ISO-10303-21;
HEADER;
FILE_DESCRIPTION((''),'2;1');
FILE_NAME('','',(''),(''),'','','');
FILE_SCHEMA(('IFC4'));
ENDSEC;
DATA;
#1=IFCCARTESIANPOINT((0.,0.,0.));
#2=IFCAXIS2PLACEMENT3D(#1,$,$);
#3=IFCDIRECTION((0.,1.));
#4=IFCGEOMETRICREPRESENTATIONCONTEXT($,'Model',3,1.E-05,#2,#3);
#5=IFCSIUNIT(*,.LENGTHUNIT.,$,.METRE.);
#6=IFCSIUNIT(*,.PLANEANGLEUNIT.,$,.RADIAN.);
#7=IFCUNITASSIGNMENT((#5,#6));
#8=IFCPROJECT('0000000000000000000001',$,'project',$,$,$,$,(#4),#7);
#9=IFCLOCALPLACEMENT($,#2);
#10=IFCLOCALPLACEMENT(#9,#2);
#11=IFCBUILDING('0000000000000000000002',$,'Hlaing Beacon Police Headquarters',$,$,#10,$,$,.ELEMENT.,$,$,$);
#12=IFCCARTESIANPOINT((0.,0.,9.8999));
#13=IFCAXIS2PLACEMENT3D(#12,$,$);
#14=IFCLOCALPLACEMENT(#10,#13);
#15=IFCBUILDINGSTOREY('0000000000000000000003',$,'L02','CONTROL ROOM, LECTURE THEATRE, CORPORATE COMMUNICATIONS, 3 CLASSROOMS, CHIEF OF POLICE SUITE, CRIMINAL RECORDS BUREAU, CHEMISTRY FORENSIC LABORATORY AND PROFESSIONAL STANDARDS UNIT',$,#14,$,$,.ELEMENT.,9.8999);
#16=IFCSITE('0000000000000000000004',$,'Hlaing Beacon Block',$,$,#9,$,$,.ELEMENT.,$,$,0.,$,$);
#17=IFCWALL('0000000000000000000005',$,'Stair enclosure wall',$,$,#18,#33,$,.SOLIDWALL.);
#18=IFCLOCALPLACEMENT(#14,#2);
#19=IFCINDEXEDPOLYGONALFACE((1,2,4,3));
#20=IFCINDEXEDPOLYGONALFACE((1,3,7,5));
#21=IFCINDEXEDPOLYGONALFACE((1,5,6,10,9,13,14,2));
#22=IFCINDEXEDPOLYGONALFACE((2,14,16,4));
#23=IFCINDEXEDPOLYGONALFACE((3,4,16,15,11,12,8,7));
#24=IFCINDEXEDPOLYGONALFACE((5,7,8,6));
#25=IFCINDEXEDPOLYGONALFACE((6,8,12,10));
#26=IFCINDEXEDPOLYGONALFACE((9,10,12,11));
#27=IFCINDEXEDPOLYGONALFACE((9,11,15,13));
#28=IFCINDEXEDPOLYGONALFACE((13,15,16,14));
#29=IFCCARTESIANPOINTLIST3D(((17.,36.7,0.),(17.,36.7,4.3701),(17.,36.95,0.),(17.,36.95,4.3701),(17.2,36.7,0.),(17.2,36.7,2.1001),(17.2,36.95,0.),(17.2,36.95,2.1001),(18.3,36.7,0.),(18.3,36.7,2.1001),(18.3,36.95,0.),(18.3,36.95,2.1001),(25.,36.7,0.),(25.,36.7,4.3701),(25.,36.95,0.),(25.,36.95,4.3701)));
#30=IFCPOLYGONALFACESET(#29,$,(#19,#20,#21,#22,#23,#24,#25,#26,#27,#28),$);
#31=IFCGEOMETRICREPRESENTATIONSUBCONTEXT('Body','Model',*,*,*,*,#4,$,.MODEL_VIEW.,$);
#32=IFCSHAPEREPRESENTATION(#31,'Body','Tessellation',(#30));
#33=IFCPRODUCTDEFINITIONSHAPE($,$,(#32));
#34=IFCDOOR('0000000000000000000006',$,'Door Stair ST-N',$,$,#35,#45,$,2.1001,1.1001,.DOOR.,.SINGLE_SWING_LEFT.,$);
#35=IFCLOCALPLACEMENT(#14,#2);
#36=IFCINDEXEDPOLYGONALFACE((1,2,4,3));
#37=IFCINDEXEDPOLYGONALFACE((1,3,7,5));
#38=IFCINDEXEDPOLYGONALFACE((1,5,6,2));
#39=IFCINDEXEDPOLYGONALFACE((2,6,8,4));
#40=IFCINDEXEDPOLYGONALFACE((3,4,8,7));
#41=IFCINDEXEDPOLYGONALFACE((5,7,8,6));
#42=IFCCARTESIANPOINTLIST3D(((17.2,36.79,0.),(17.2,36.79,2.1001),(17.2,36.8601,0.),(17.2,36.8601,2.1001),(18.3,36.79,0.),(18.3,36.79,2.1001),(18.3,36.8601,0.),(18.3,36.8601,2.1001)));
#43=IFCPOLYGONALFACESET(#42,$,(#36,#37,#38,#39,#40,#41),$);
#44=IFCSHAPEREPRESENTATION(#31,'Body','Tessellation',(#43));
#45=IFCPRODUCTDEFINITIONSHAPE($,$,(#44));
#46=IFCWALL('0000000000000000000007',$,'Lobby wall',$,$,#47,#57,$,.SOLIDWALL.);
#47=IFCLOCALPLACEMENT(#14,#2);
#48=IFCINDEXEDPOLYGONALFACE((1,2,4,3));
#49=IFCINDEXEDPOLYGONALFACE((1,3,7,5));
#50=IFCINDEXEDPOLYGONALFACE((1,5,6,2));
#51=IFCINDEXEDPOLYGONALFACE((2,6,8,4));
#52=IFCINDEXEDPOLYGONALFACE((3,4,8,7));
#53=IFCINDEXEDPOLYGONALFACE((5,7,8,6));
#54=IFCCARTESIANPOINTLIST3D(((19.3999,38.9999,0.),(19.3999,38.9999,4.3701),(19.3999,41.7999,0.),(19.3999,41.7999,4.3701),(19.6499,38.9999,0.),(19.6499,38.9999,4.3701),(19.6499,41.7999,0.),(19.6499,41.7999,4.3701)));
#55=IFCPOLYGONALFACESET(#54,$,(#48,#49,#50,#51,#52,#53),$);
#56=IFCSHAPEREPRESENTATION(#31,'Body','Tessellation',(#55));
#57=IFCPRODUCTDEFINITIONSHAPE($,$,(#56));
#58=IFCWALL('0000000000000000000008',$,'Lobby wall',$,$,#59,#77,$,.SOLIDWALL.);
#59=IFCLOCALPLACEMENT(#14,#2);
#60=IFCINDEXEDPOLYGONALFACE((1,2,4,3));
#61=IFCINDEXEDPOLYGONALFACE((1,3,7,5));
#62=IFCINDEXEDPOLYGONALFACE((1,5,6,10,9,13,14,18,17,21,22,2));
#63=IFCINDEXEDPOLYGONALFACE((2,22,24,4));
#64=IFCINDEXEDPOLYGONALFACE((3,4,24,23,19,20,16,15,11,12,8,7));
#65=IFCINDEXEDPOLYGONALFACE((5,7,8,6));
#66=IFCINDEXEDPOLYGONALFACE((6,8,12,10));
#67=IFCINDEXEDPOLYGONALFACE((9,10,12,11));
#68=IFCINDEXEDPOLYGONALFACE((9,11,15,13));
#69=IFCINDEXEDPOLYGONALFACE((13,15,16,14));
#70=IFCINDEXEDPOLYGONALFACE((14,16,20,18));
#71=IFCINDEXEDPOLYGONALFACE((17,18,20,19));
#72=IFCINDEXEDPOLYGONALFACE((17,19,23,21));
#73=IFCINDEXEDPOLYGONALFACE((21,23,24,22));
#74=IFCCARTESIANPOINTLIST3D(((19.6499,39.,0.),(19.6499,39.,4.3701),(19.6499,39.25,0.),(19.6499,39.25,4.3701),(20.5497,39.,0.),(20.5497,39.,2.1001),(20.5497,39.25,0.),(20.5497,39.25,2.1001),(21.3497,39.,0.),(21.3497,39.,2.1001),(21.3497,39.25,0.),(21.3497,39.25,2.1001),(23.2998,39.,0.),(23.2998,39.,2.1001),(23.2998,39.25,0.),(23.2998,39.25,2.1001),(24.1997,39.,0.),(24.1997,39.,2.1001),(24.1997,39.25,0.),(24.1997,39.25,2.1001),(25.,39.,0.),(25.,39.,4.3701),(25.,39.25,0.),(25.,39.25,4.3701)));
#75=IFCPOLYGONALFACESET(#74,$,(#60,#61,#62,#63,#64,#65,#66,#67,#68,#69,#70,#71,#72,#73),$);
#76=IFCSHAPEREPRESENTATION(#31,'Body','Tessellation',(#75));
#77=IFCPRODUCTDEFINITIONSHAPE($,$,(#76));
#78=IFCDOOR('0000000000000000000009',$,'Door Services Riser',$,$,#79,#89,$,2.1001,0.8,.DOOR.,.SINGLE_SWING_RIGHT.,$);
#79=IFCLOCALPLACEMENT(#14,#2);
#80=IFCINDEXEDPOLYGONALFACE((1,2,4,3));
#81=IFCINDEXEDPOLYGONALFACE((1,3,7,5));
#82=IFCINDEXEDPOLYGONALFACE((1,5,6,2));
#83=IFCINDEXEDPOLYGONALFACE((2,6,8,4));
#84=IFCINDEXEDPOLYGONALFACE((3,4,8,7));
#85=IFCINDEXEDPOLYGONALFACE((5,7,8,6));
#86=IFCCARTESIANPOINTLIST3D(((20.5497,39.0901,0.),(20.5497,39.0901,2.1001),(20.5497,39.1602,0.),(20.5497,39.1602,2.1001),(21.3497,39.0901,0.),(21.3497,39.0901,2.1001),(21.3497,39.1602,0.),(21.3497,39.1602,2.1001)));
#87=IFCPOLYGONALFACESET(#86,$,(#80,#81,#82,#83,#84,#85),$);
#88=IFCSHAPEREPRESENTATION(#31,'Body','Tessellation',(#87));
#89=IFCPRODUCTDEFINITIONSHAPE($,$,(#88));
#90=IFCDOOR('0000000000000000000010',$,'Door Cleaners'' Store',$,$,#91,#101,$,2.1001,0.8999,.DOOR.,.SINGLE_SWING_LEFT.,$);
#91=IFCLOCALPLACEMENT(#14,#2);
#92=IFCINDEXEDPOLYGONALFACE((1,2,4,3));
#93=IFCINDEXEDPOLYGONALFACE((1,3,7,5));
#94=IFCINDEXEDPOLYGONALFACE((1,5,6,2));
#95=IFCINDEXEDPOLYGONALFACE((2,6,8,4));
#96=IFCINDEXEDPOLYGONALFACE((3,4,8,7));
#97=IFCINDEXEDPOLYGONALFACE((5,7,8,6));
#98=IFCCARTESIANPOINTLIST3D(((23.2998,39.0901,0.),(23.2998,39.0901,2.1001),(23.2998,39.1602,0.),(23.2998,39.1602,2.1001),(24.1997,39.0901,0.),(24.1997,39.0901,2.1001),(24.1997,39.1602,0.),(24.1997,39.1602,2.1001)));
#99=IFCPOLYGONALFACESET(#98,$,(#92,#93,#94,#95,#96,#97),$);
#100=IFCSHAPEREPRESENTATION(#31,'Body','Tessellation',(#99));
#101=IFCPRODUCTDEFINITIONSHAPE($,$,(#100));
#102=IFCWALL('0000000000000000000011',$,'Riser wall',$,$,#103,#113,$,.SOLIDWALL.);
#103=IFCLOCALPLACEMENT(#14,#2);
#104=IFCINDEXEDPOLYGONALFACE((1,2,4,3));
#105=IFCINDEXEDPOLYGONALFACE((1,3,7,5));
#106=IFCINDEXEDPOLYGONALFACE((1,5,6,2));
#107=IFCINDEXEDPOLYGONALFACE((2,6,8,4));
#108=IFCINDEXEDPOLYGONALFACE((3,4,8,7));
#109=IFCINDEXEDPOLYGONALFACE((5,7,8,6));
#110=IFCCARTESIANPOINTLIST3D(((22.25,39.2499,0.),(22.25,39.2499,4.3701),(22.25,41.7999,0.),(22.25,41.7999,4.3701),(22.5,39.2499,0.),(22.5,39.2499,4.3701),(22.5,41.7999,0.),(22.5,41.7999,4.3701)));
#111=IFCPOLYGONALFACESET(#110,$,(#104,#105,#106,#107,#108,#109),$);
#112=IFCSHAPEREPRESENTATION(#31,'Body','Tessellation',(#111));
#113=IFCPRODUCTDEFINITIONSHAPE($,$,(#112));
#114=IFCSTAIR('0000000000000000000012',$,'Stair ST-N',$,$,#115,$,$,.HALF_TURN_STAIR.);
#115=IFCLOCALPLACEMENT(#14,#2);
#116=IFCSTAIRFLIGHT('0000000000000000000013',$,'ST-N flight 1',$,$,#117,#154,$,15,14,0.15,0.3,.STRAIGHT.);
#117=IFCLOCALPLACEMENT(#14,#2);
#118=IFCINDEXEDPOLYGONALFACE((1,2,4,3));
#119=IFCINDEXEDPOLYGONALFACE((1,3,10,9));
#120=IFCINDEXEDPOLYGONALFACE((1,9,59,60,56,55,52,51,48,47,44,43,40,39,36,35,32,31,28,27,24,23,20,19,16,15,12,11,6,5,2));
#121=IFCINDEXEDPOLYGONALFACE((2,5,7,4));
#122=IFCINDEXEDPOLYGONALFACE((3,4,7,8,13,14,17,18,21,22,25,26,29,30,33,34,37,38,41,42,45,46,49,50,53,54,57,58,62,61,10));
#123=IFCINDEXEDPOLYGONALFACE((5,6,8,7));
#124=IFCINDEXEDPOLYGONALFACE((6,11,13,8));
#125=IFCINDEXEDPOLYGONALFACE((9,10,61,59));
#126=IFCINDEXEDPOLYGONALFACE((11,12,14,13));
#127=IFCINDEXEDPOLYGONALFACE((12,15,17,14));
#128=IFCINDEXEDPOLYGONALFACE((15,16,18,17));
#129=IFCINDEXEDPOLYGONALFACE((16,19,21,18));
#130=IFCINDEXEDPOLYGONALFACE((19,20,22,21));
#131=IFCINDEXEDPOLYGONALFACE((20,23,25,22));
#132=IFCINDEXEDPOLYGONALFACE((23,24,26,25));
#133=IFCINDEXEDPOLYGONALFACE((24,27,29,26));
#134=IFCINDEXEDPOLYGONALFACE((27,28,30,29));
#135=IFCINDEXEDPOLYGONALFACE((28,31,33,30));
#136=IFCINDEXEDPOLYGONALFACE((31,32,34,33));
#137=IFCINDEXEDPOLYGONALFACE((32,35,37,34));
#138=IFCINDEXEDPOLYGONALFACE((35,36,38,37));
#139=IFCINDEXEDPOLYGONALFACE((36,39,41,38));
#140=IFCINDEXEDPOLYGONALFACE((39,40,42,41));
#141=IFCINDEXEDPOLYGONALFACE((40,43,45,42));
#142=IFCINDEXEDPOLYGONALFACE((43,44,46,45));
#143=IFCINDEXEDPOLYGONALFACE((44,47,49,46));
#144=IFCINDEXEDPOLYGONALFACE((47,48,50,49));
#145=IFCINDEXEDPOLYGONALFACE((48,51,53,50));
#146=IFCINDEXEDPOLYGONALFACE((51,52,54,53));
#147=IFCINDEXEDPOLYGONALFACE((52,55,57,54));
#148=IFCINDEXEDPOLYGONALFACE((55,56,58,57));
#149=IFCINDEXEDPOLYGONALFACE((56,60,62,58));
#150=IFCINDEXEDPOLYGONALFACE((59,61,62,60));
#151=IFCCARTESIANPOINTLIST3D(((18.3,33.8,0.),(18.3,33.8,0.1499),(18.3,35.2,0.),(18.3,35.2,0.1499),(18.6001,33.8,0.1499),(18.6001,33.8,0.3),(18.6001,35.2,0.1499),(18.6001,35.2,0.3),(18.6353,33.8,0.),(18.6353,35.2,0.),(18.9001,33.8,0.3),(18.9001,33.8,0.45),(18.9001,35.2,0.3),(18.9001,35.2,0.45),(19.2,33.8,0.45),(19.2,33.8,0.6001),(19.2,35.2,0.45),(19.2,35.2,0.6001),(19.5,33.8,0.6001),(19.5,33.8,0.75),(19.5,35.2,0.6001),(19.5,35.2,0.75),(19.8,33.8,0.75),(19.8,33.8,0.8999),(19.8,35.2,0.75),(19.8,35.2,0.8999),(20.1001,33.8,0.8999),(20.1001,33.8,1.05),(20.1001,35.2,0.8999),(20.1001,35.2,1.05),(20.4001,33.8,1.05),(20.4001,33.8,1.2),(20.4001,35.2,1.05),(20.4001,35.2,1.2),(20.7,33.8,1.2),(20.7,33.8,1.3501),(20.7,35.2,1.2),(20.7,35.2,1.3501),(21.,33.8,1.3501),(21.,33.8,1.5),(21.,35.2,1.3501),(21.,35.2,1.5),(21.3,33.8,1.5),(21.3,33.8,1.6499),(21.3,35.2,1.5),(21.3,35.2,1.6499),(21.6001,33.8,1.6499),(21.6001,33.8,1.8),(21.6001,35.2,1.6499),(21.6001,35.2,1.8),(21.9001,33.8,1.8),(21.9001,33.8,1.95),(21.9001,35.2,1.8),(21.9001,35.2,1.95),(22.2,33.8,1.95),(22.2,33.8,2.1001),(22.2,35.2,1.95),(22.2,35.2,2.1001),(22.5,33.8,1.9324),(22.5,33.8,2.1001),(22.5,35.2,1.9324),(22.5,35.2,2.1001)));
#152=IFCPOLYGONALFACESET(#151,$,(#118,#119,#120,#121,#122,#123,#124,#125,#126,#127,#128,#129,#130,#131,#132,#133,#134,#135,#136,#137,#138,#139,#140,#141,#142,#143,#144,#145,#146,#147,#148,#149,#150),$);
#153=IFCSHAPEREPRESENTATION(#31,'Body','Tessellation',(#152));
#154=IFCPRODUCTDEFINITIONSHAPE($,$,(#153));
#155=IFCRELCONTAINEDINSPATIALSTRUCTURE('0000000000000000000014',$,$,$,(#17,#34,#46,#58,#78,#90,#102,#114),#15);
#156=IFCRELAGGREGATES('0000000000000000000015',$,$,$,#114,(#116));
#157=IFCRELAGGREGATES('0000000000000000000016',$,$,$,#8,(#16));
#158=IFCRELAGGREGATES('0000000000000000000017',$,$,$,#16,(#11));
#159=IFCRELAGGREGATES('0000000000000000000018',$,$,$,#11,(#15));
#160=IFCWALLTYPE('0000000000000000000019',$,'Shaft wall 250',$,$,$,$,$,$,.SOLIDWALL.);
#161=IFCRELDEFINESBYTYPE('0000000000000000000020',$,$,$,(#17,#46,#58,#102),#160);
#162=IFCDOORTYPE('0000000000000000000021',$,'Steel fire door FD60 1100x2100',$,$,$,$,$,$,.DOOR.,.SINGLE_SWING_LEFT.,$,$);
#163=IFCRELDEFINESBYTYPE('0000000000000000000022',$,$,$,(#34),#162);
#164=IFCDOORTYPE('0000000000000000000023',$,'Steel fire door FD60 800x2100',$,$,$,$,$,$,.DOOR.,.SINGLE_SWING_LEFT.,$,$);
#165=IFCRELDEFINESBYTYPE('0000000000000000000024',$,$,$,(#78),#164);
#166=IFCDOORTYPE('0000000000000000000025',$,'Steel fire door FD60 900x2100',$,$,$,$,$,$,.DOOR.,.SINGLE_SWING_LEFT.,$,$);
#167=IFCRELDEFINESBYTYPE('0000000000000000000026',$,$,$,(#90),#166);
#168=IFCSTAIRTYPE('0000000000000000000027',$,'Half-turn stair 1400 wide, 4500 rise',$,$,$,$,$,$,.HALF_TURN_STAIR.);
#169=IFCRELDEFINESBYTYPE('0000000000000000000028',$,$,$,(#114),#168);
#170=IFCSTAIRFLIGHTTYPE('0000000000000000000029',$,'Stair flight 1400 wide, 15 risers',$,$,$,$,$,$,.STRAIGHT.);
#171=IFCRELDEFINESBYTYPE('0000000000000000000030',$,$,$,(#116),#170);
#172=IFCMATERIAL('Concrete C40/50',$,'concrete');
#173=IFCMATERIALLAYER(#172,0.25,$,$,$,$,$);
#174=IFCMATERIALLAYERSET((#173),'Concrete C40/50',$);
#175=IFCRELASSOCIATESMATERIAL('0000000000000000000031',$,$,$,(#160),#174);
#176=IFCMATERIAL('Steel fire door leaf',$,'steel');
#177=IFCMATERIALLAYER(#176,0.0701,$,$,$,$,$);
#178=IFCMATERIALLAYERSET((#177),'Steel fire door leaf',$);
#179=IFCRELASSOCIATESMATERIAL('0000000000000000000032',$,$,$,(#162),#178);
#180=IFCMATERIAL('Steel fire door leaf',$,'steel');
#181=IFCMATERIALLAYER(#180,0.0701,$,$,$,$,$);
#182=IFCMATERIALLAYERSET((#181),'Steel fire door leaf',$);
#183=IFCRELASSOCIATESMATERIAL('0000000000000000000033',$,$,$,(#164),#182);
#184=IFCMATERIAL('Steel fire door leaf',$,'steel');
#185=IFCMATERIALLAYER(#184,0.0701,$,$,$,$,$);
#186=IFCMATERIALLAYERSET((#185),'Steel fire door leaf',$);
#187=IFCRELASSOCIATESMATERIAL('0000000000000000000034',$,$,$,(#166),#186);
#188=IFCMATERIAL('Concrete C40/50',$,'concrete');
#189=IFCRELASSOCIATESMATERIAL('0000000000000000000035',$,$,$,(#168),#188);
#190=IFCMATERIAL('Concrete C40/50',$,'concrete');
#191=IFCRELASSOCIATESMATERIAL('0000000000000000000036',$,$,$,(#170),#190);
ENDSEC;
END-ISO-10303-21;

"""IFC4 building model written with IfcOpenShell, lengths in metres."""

from ifc_helpers import new_model, si_unit, direction, frame, frame_2d, origin, place, context, subcontext, project, spatial, polyline, rectangle, outline, extrude, material, layer, layer_set, type_object, element, fill, aggregate, save


model = new_model("IFC4")

# Units and contexts
model_context = context("Model", 3, precision=1e-05, world=origin(), true_north=direction((0.0, 1.0)))
body_context = subcontext(model_context, "Body", "Model", "MODEL_VIEW")
ifc_project = project(units=[si_unit("LENGTHUNIT", "METRE"), si_unit("PLANEANGLEUNIT", "RADIAN")], contexts=[model_context])

# Site, building, storey
site_placement = place(None, origin())
site = spatial("IfcSite", under=ifc_project, at=site_placement, Name="Hlaing Beacon Block", CompositionType="ELEMENT", RefElevation=0.0)
building_placement = place(site_placement, origin())
building = spatial("IfcBuilding", under=site, at=building_placement, Name="Hlaing Beacon Police Headquarters", CompositionType="ELEMENT")
storey_placement = place(building_placement, frame((0.0, 0.0, 9.8999)))
storey = spatial("IfcBuildingStorey", under=building, at=storey_placement, Name="L02", Description="CONTROL ROOM, LECTURE THEATRE, CORPORATE COMMUNICATIONS, 3 CLASSROOMS, CHIEF OF POLICE SUITE, CRIMINAL RECORDS BUREAU, CHEMISTRY FORENSIC LABORATORY AND PROFESSIONAL STANDARDS UNIT", CompositionType="ELEMENT", Elevation=9.8999)

# Wall, opening, door
ifc_material_1 = material(Name="Concrete C40/50", Category="concrete")
ifc_layer_1 = layer(ifc_material_1, 0.25)
ifc_layer_set_1 = layer_set([ifc_layer_1], Name="Concrete C40/50")
wall_type_1 = type_object("IfcWallType", Name="Shaft wall 250", PredefinedType="SOLIDWALL", material=ifc_layer_set_1)
wall_1_placement = place(storey_placement, frame((17.0, 36.825, 0.0), z_axis=(0.0, 0.0, 1.0), x_axis=(1.0, 0.0, 0.0)))
wall_1 = element("IfcWall", 1, at=wall_1_placement, inside=storey, type_object=wall_type_1, Name="Stair enclosure wall", PredefinedType="SOLIDWALL", context=body_context, shape_type="SweptSolid", body=[
    extrude(rectangle(XDim=8.0, YDim=0.25, at=frame_2d((4.0, 0.0))), origin(), (0.0, 0.0, 1.0), 4.3701),
])
opening_1_placement = place(wall_1_placement, frame((0.2, 0.0, 0.0)))
opening_1 = element("IfcOpeningElement", 2, at=opening_1_placement, cuts=wall_1, PredefinedType="OPENING", context=body_context, shape_type="SweptSolid", body=[
    extrude(rectangle(XDim=1.1001, YDim=2.1001, at=frame_2d((0.55, 1.05))), frame((0.0, 0.135, 0.0), z_axis=(0.0, -1.0, 0.0), x_axis=(1.0, 0.0, 0.0)), (0.0, 0.0, 1.0), 0.27),
])
ifc_material_2 = material(Name="Steel fire door leaf", Category="steel")
ifc_layer_2 = layer(ifc_material_2, 0.0701)
ifc_layer_set_2 = layer_set([ifc_layer_2], Name="Steel fire door leaf")
door_type_1 = type_object("IfcDoorType", Name="Steel fire door FD60 1100x2100", OperationType="SINGLE_SWING_LEFT", PredefinedType="DOOR", material=ifc_layer_set_2)
door_1_placement = place(opening_1_placement, frame((1.1001, 0.0, 0.0), z_axis=(0.0, 0.0, 1.0), x_axis=(-1.0, 0.0, 0.0)))
door_1 = element("IfcDoor", 3, at=door_1_placement, inside=storey, type_object=door_type_1, Name="Door Stair ST-N", OperationType="SINGLE_SWING_LEFT", OverallHeight=2.1001, OverallWidth=1.1001, PredefinedType="DOOR", context=body_context, shape_type="SweptSolid", body=[
    extrude(rectangle(XDim=1.1001, YDim=2.1001, at=frame_2d((0.55, 1.05))), frame((0.0, 0.0349, 0.0), z_axis=(0.0, -1.0, 0.0), x_axis=(1.0, 0.0, 0.0)), (0.0, 0.0, 1.0), 0.0701),
])
fill(opening_1, door_1)

# Wall
wall_2_placement = place(storey_placement, frame((19.5249, 39.0, 0.0), z_axis=(0.0, 0.0, 1.0), x_axis=(0.0, 1.0, 0.0)))
element("IfcWall", 4, at=wall_2_placement, inside=storey, type_object=wall_type_1, Name="Lobby wall", PredefinedType="SOLIDWALL", context=body_context, shape_type="SweptSolid", body=[
    extrude(rectangle(XDim=2.8, YDim=0.25, at=frame_2d((1.3999, 0.0))), origin(), (0.0, 0.0, 1.0), 4.3701),
])

# Wall, openings, doors
wall_3_placement = place(storey_placement, frame((19.6499, 39.125, 0.0), z_axis=(0.0, 0.0, 1.0), x_axis=(1.0, 0.0, 0.0)))
wall_3 = element("IfcWall", 5, at=wall_3_placement, inside=storey, type_object=wall_type_1, Name="Lobby wall", PredefinedType="SOLIDWALL", context=body_context, shape_type="SweptSolid", body=[
    extrude(rectangle(XDim=5.3501, YDim=0.25, at=frame_2d((2.675, 0.0))), origin(), (0.0, 0.0, 1.0), 4.3701),
])
opening_2_placement = place(wall_3_placement, frame((3.6499, 0.0, 0.0)))
opening_2 = element("IfcOpeningElement", 6, at=opening_2_placement, cuts=wall_3, PredefinedType="OPENING", context=body_context, shape_type="SweptSolid", body=[
    extrude(rectangle(XDim=0.8999, YDim=2.1001, at=frame_2d((0.45, 1.05))), frame((0.0, 0.135, 0.0), z_axis=(0.0, -1.0, 0.0), x_axis=(1.0, 0.0, 0.0)), (0.0, 0.0, 1.0), 0.27),
])
opening_3_placement = place(wall_3_placement, frame((0.8999, 0.0, 0.0)))
opening_3 = element("IfcOpeningElement", 7, at=opening_3_placement, cuts=wall_3, PredefinedType="OPENING", context=body_context, shape_type="SweptSolid", body=[
    extrude(rectangle(XDim=0.8, YDim=2.1001, at=frame_2d((0.3999, 1.05))), frame((0.0, 0.135, 0.0), z_axis=(0.0, -1.0, 0.0), x_axis=(1.0, 0.0, 0.0)), (0.0, 0.0, 1.0), 0.27),
])
ifc_material_3 = material(Name="Steel fire door leaf", Category="steel")
ifc_layer_3 = layer(ifc_material_3, 0.0701)
ifc_layer_set_3 = layer_set([ifc_layer_3], Name="Steel fire door leaf")
door_type_2 = type_object("IfcDoorType", Name="Steel fire door FD60 800x2100", OperationType="SINGLE_SWING_LEFT", PredefinedType="DOOR", material=ifc_layer_set_3)
door_2_placement = place(opening_3_placement, origin())
door_2 = element("IfcDoor", 8, at=door_2_placement, inside=storey, type_object=door_type_2, Name="Door Services Riser", OperationType="SINGLE_SWING_RIGHT", OverallHeight=2.1001, OverallWidth=0.8, PredefinedType="DOOR", context=body_context, shape_type="SweptSolid", body=[
    extrude(rectangle(XDim=0.8, YDim=2.1001, at=frame_2d((0.3999, 1.05))), frame((0.0, 0.0352, 0.0), z_axis=(0.0, -1.0, 0.0), x_axis=(1.0, 0.0, 0.0)), (0.0, 0.0, 1.0), 0.0701),
])
fill(opening_3, door_2)
ifc_material_4 = material(Name="Steel fire door leaf", Category="steel")
ifc_layer_4 = layer(ifc_material_4, 0.0701)
ifc_layer_set_4 = layer_set([ifc_layer_4], Name="Steel fire door leaf")
door_type_3 = type_object("IfcDoorType", Name="Steel fire door FD60 900x2100", OperationType="SINGLE_SWING_LEFT", PredefinedType="DOOR", material=ifc_layer_set_4)
door_3_placement = place(opening_2_placement, origin())
door_3 = element("IfcDoor", 9, at=door_3_placement, inside=storey, type_object=door_type_3, Name="Door Cleaners' Store", OperationType="SINGLE_SWING_LEFT", OverallHeight=2.1001, OverallWidth=0.8999, PredefinedType="DOOR", context=body_context, shape_type="SweptSolid", body=[
    extrude(rectangle(XDim=0.8999, YDim=2.1001, at=frame_2d((0.45, 1.05))), frame((0.0, 0.0352, 0.0), z_axis=(0.0, -1.0, 0.0), x_axis=(1.0, 0.0, 0.0)), (0.0, 0.0, 1.0), 0.0701),
])
fill(opening_2, door_3)

# Wall
wall_4_placement = place(storey_placement, frame((22.375, 39.25, 0.0), z_axis=(0.0, 0.0, 1.0), x_axis=(0.0, 1.0, 0.0)))
element("IfcWall", 10, at=wall_4_placement, inside=storey, type_object=wall_type_1, Name="Riser wall", PredefinedType="SOLIDWALL", context=body_context, shape_type="SweptSolid", body=[
    extrude(rectangle(XDim=2.55, YDim=0.25, at=frame_2d((1.2749, 0.0))), origin(), (0.0, 0.0, 1.0), 4.3701),
])

# Stair, stair flight
ifc_material_5 = material(Name="Concrete C40/50", Category="concrete")
stair_type = type_object("IfcStairType", Name="Half-turn stair 1400 wide, 4500 rise", PredefinedType="HALF_TURN_STAIR", material=ifc_material_5)
stair_placement = place(storey_placement, origin())
stair = element("IfcStair", 11, at=stair_placement, inside=storey, type_object=stair_type, Name="Stair ST-N", PredefinedType="HALF_TURN_STAIR")
ifc_material_6 = material(Name="Concrete C40/50", Category="concrete")
stair_flight_type = type_object("IfcStairFlightType", Name="Stair flight 1400 wide, 15 risers", PredefinedType="STRAIGHT", material=ifc_material_6)
stair_flight_1_placement = place(storey_placement, frame((18.3, 34.5, 0.0), z_axis=(0.0, 0.0, 1.0), x_axis=(1.0, 0.0, 0.0)))
stair_flight_1 = element("IfcStairFlight", 12, at=stair_flight_1_placement, type_object=stair_flight_type, Name="ST-N flight 1", NumberOfRisers=15, NumberOfTreads=14, PredefinedType="STRAIGHT", RiserHeight=0.15, TreadLength=0.3, context=body_context, shape_type="SweptSolid", body=[
    extrude(outline(polyline([(0.0, 0.0), (0.0, 0.1499), (0.3, 0.1499), (0.3, 0.3), (0.6001, 0.3), (0.6001, 0.45), (0.8999, 0.45), (0.8999, 0.6001), (1.2, 0.6001), (1.2, 0.75), (1.5, 0.75), (1.5, 0.8999), (1.8, 0.8999), (1.8, 1.05), (2.1001, 1.05), (2.1001, 1.2), (2.3999, 1.2), (2.3999, 1.3501), (2.7, 1.3501), (2.7, 1.5), (3.0, 1.5), (3.0, 1.6499), (3.3, 1.6499), (3.3, 1.8), (3.6001, 1.8), (3.6001, 1.95), (3.8999, 1.95), (3.8999, 2.1001), (4.2, 2.1001), (4.2, 2.25), (4.2, 1.9324), (0.3352, 0.0), (0.0, 0.0)])), frame((0.0, 0.7, 0.0), z_axis=(0.0, -1.0, 0.0), x_axis=(1.0, 0.0, 0.0)), (0.0, 0.0, 1.0), 1.3999),
])
aggregate(stair, [stair_flight_1])

save(model, "model.ifc")
